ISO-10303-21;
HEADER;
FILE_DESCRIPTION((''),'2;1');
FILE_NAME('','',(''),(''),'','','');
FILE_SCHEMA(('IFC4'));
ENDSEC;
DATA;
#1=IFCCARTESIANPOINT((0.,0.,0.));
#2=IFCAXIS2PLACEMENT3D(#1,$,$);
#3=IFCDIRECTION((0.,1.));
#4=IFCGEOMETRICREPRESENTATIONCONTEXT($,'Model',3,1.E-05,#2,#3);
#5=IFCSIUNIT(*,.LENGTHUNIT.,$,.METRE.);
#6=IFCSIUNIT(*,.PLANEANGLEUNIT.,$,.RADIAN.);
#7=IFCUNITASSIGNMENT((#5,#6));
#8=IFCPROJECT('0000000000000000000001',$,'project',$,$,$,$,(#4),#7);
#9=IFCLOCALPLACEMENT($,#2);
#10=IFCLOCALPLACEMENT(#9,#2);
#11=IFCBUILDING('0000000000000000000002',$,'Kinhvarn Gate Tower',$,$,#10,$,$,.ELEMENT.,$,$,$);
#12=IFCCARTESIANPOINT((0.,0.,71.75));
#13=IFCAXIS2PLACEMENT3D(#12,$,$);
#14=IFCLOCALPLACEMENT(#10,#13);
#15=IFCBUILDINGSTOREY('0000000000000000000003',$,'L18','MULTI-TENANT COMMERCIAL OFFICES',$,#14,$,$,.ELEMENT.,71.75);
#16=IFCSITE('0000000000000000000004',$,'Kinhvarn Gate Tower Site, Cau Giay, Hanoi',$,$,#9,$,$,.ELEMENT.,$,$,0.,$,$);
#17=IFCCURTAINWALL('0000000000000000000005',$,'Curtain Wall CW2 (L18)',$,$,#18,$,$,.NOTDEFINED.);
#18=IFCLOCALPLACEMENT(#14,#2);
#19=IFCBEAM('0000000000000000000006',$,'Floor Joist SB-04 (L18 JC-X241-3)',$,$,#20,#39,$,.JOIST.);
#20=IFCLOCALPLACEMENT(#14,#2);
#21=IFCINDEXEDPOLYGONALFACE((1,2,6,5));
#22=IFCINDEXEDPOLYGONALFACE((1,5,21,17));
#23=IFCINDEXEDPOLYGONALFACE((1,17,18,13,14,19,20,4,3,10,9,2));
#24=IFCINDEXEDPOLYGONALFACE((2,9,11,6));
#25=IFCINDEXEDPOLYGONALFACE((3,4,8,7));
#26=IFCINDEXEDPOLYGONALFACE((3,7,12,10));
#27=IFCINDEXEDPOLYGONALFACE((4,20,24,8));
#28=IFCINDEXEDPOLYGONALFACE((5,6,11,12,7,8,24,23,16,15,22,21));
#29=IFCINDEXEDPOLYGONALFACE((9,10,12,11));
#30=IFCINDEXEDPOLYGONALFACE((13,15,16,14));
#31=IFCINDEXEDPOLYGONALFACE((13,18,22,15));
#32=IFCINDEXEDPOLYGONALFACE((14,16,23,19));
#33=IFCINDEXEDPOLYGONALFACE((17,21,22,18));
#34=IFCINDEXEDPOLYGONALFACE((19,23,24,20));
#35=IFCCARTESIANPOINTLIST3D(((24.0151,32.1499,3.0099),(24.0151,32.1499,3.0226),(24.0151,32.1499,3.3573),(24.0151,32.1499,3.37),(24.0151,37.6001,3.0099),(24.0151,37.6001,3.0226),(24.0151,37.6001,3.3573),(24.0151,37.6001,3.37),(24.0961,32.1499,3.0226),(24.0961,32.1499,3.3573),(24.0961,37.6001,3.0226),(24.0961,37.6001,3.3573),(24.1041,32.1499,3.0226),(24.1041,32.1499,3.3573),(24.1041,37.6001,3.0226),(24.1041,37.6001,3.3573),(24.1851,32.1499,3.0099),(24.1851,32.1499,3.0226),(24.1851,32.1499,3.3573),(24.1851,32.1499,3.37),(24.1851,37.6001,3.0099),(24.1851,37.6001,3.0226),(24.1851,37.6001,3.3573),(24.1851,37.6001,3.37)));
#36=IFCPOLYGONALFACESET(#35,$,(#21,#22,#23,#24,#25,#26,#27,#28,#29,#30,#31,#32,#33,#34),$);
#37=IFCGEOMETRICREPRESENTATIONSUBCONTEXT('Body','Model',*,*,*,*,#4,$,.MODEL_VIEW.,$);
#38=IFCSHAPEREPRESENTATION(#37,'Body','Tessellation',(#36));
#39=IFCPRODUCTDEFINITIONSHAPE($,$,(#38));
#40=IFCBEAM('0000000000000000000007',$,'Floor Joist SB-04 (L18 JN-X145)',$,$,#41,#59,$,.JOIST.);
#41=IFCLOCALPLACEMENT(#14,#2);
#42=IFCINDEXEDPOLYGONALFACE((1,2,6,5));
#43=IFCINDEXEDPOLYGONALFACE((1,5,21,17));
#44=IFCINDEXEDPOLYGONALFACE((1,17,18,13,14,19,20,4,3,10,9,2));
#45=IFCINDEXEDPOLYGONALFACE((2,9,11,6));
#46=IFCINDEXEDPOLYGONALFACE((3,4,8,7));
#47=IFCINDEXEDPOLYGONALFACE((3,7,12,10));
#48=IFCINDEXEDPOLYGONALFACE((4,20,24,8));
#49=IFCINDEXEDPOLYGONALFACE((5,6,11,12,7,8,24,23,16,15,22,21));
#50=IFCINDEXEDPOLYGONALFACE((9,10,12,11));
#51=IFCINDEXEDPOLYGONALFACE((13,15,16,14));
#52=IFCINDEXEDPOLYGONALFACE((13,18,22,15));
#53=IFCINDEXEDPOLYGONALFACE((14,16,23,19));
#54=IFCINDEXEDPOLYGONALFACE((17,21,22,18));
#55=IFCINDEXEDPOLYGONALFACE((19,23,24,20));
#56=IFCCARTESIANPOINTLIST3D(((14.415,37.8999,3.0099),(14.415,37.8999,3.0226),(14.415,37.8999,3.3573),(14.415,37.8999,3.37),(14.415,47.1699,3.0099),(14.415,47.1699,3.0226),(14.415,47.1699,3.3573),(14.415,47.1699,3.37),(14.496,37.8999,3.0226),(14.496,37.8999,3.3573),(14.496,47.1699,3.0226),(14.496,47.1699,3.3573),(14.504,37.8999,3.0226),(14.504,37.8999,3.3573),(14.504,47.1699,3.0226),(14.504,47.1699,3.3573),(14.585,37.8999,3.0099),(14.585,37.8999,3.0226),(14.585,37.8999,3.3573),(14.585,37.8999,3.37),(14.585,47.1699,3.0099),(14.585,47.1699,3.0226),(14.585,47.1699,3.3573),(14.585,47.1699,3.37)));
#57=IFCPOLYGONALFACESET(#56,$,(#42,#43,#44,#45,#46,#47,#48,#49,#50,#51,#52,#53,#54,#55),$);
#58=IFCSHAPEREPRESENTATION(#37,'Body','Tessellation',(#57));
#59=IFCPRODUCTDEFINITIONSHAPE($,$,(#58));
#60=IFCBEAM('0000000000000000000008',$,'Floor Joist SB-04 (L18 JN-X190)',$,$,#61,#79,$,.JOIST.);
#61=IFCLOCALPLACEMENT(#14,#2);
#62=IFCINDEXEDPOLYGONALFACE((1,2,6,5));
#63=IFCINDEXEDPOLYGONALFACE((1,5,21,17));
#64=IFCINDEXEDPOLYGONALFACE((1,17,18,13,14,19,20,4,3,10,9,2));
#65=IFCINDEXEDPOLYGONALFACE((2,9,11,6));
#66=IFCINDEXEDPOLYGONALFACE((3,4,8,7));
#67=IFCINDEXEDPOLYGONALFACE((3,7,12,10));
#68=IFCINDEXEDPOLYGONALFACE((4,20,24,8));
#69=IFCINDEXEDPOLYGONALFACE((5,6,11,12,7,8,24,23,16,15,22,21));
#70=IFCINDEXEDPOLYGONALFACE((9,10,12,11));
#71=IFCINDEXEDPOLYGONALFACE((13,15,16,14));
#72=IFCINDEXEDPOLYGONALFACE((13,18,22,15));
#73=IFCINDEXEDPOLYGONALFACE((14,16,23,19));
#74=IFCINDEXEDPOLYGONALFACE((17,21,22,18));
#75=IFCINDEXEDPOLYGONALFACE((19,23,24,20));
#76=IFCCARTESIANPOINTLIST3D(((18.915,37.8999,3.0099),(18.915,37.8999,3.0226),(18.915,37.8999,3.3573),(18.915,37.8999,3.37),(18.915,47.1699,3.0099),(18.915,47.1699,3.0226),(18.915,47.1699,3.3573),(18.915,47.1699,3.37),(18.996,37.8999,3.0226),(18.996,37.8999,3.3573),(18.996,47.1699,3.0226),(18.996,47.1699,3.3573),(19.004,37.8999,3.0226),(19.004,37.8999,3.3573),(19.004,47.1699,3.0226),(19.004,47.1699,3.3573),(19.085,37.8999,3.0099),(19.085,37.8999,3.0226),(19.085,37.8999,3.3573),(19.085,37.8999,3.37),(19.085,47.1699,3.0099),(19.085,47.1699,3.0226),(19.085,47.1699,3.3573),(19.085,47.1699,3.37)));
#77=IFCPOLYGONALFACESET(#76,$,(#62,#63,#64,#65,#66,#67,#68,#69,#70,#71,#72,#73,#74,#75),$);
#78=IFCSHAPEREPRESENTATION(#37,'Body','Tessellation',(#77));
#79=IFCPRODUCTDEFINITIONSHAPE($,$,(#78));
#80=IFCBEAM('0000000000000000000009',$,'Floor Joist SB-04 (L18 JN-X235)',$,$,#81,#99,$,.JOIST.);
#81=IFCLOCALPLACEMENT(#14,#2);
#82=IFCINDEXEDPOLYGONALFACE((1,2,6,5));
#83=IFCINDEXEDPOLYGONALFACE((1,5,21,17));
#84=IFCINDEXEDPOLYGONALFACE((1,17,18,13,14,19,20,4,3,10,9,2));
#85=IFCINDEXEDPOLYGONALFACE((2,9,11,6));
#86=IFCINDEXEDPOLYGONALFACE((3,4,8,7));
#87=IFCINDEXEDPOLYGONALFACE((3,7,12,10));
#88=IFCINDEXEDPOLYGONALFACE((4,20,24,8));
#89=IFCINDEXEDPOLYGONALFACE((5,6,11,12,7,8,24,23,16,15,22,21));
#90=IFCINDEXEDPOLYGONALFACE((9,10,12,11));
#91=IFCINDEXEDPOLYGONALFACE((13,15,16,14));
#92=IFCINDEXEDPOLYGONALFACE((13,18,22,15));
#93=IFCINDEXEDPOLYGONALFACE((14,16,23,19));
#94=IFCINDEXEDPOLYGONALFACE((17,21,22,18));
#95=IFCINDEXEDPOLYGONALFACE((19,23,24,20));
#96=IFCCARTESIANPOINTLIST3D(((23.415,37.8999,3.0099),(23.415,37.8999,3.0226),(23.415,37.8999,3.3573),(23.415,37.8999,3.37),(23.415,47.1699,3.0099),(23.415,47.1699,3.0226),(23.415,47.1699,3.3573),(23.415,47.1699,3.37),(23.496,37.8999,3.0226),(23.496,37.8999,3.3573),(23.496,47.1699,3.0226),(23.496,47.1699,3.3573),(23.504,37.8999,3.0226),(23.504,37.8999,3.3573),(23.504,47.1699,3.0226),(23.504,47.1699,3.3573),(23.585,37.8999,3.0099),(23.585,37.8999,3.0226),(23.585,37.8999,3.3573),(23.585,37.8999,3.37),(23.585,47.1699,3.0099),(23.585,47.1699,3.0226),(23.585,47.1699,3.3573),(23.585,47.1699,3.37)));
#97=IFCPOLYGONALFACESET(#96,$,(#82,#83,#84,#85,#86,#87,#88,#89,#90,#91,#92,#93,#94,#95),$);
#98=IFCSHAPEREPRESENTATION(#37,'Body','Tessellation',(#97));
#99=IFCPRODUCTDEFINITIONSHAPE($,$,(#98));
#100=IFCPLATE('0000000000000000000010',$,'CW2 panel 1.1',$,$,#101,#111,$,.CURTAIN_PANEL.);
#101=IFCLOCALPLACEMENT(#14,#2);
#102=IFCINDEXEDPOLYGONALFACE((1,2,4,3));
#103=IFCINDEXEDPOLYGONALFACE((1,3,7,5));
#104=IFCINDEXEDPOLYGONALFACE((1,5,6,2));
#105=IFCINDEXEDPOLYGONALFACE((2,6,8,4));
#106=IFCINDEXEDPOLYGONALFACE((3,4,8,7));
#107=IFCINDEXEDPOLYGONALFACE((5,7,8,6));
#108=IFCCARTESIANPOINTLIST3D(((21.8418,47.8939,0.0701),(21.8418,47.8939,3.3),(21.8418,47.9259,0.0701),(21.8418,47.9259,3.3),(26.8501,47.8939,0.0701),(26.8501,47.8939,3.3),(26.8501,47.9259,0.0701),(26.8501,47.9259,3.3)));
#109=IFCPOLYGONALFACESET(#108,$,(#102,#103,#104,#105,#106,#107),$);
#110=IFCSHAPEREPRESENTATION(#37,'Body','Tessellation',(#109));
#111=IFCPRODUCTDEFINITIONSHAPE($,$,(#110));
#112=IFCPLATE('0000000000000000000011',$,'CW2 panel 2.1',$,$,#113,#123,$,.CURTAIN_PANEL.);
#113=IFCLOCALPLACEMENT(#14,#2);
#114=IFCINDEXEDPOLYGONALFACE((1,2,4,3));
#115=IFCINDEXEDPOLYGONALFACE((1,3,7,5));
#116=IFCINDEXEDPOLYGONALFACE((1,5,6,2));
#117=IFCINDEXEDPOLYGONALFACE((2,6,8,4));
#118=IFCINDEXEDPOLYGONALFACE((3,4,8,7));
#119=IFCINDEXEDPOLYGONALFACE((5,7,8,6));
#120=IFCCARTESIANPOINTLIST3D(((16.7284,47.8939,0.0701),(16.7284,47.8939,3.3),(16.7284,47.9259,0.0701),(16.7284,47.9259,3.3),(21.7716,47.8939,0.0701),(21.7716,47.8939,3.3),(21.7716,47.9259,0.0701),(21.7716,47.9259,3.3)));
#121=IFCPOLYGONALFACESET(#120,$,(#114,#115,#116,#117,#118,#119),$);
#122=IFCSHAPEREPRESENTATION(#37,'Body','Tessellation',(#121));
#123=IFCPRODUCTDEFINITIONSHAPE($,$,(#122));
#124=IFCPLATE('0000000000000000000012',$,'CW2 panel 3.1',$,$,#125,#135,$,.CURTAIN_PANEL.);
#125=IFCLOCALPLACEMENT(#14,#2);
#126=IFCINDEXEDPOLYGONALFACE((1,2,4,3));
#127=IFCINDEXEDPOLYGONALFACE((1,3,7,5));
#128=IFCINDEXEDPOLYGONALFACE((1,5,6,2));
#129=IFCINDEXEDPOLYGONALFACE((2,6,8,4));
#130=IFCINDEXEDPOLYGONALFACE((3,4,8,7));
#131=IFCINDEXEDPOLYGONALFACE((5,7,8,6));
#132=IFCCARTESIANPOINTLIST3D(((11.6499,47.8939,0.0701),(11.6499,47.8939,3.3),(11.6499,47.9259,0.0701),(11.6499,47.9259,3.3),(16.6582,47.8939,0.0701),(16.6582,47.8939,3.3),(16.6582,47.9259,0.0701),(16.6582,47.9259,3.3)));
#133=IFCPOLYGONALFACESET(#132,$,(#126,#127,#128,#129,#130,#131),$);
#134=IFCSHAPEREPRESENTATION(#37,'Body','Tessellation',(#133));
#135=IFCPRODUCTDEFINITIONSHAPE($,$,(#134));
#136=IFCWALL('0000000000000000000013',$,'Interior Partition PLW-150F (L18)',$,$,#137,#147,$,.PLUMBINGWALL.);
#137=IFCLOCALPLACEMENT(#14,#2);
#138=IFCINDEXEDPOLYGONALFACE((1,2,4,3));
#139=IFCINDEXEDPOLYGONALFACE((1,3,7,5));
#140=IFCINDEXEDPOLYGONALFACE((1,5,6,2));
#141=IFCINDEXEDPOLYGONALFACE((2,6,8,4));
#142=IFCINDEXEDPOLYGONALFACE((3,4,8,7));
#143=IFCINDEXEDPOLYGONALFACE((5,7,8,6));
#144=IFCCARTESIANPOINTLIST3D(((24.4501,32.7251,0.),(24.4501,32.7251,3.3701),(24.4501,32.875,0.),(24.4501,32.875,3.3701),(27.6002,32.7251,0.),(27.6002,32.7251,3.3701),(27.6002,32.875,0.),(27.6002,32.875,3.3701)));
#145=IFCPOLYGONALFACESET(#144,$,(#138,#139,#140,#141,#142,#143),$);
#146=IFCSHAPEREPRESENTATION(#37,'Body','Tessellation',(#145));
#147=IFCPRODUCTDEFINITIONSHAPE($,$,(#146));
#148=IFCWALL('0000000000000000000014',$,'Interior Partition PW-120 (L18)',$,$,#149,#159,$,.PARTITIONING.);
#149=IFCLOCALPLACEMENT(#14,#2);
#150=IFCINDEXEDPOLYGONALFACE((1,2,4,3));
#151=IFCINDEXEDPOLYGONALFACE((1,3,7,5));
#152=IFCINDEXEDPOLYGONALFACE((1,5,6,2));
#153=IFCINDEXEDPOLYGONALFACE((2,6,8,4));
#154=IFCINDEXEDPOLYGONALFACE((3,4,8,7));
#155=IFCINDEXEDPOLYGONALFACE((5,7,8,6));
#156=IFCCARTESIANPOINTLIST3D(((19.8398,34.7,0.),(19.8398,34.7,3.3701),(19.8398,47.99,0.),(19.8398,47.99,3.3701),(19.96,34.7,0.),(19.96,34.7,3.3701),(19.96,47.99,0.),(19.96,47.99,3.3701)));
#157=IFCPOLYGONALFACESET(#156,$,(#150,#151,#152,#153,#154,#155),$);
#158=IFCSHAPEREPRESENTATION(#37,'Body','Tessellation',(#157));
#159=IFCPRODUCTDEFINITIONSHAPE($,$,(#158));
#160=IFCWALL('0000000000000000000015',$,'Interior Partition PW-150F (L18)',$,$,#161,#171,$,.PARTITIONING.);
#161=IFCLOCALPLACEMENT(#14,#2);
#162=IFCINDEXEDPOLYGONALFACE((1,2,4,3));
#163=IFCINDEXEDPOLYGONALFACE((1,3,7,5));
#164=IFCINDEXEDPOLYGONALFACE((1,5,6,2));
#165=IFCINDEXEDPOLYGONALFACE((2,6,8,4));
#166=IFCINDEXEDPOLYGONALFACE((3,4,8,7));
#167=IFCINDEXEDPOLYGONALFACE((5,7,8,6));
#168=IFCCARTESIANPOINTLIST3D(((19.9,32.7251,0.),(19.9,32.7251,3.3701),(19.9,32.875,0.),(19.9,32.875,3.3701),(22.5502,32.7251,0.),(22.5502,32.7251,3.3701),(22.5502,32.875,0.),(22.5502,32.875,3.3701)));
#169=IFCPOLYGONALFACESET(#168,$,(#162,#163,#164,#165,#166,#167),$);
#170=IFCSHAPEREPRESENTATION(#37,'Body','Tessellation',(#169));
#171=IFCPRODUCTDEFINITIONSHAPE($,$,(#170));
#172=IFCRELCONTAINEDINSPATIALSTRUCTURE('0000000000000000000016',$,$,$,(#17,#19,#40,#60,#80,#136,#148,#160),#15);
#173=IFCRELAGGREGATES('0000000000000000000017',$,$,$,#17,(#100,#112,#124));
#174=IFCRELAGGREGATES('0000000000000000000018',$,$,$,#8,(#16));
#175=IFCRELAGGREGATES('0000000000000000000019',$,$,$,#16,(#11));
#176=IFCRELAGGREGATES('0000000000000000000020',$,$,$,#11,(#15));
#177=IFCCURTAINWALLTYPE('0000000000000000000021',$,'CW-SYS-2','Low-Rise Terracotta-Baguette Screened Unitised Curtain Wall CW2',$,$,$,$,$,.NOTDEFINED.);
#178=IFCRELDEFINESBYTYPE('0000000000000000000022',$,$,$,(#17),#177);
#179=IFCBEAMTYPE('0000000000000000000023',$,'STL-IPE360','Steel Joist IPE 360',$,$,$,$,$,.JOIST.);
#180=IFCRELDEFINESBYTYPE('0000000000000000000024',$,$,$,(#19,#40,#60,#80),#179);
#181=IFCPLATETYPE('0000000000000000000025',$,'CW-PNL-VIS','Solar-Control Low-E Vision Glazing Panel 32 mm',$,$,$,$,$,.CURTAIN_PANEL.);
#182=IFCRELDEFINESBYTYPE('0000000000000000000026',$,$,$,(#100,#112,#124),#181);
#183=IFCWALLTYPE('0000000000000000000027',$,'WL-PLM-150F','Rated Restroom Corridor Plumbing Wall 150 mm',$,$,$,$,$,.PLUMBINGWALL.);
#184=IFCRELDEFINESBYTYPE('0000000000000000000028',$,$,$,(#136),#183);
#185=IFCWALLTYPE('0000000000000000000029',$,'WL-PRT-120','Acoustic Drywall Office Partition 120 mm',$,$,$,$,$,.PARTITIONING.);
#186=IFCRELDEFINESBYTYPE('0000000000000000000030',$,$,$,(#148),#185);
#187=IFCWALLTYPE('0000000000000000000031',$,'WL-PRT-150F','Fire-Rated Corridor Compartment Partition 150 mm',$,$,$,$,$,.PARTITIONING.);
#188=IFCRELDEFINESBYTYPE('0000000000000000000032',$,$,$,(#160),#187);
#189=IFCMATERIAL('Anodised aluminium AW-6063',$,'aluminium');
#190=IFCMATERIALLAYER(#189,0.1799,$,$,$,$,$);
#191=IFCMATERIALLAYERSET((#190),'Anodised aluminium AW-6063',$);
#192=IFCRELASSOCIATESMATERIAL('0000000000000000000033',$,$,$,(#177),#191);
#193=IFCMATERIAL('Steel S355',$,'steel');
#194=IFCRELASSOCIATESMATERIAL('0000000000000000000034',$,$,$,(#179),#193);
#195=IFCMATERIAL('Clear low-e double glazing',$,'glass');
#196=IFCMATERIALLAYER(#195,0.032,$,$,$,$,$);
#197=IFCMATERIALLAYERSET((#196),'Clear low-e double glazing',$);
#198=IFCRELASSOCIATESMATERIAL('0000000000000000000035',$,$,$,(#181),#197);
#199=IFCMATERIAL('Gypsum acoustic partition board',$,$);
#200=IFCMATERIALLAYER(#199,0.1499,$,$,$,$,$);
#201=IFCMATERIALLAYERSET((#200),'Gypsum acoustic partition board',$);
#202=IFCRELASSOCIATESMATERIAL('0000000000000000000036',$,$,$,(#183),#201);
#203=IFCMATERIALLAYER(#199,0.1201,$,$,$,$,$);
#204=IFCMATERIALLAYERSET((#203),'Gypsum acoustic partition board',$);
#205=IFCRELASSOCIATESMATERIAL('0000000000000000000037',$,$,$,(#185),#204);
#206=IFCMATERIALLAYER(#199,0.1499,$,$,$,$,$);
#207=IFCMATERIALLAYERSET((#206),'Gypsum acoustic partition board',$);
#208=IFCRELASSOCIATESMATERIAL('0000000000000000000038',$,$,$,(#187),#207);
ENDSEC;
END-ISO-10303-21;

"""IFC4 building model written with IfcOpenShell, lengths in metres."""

from ifc_helpers import new_model, si_unit, direction, frame, frame_2d, origin, origin_2d, place, context, subcontext, project, spatial, rectangle, i_section, extrude, material, layer, layer_set, material_profile, profile_set, type_object, element, aggregate, save


model = new_model("IFC4")

# Units and contexts
model_context = context("Model", 3, precision=1e-05, world=origin(), true_north=direction((0.0, 1.0)))
body_context = subcontext(model_context, "Body", "Model", "MODEL_VIEW")
ifc_project = project(units=[si_unit("LENGTHUNIT", "METRE"), si_unit("PLANEANGLEUNIT", "RADIAN")], contexts=[model_context])

# Site, building, storey
site_placement = place(None, origin())
site = spatial("IfcSite", under=ifc_project, at=site_placement, Name="Kinhvarn Gate Tower Site, Cau Giay, Hanoi", CompositionType="ELEMENT", RefElevation=0.0)
building_placement = place(site_placement, origin())
building = spatial("IfcBuilding", under=site, at=building_placement, Name="Kinhvarn Gate Tower", CompositionType="ELEMENT")
storey_placement = place(building_placement, frame((0.0, 0.0, 71.75)))
storey = spatial("IfcBuildingStorey", under=building, at=storey_placement, Name="L18", Description="MULTI-TENANT COMMERCIAL OFFICES", CompositionType="ELEMENT", Elevation=71.75)

# Curtain wall
ifc_material_1 = material(Name="Anodised aluminium AW-6063", Category="aluminium")
ifc_layer_1 = layer(ifc_material_1, 0.1799)
ifc_layer_set_1 = layer_set([ifc_layer_1], Name="Anodised aluminium AW-6063")
curtain_wall_type = type_object("IfcCurtainWallType", Name="CW-SYS-2", Description="Low-Rise Terracotta-Baguette Screened Unitised Curtain Wall CW2", PredefinedType="NOTDEFINED", material=ifc_layer_set_1)
curtain_wall_placement = place(storey_placement, origin())
curtain_wall = element("IfcCurtainWall", 1, at=curtain_wall_placement, inside=storey, type_object=curtain_wall_type, Name="Curtain Wall CW2 (L18)", PredefinedType="NOTDEFINED")

# Beams
ifc_material_2 = material(Name="Steel S355", Category="steel")
ifc_material_profile_1 = material_profile(ifc_material_2, i_section(OverallWidth=0.1699, OverallDepth=0.3601, WebThickness=0.0081, FlangeThickness=0.0127, at=origin_2d()), Name="IPE 360")
ifc_profile_set_1 = profile_set([ifc_material_profile_1], Name="Steel S355")
beam_type_1 = type_object("IfcBeamType", Name="STL-IPE360", Description="Steel Joist IPE 360", PredefinedType="JOIST", material=ifc_profile_set_1)
for number, where, z_axis, x_axis, name in (
    (2, (24.1001, 32.1499, 3.1899), (0.0, 1.0, 0.0), (-1.0, 0.0, 0.0), "Floor Joist SB-04 (L18 JC-X241-3)"),
):
    element("IfcBeam", number, at=place(storey_placement, frame(where, z_axis=z_axis, x_axis=x_axis)), inside=storey, type_object=beam_type_1, Name=name, PredefinedType="JOIST", context=body_context, shape_type="SweptSolid", body=[
        extrude(i_section(OverallWidth=0.1699, OverallDepth=0.3601, WebThickness=0.0081, FlangeThickness=0.0127, at=origin_2d()), origin(), (0.0, 0.0, 1.0), 5.4502),
    ])
for number, where, z_axis, x_axis, name in (
    (3, (14.5, 37.8999, 3.1899), (0.0, 1.0, 0.0), (-1.0, 0.0, 0.0), "Floor Joist SB-04 (L18 JN-X145)"),
    (4, (19.0, 37.8999, 3.1899), (0.0, 1.0, 0.0), (-1.0, 0.0, 0.0), "Floor Joist SB-04 (L18 JN-X190)"),
    (5, (23.5, 37.8999, 3.1899), (0.0, 1.0, 0.0), (-1.0, 0.0, 0.0), "Floor Joist SB-04 (L18 JN-X235)"),
):
    element("IfcBeam", number, at=place(storey_placement, frame(where, z_axis=z_axis, x_axis=x_axis)), inside=storey, type_object=beam_type_1, Name=name, PredefinedType="JOIST", context=body_context, shape_type="SweptSolid", body=[
        extrude(i_section(OverallWidth=0.1699, OverallDepth=0.3601, WebThickness=0.0081, FlangeThickness=0.0127, at=origin_2d()), origin(), (0.0, 0.0, 1.0), 9.27),
    ])

# Plates
ifc_material_3 = material(Name="Clear low-e double glazing", Category="glass")
ifc_layer_2 = layer(ifc_material_3, 0.032)
ifc_layer_set_2 = layer_set([ifc_layer_2], Name="Clear low-e double glazing")
plate_type = type_object("IfcPlateType", Name="CW-PNL-VIS", Description="Solar-Control Low-E Vision Glazing Panel 32 mm", PredefinedType="CURTAIN_PANEL", material=ifc_layer_set_2)
plate_1_placement = place(storey_placement, frame((24.3459, 47.9099, 0.0701), z_axis=(0.0, 0.0, 1.0), x_axis=(-1.0, 0.0, 0.0)))
plate_1 = element("IfcPlate", 6, at=plate_1_placement, type_object=plate_type, Name="CW2 panel 1.1", PredefinedType="CURTAIN_PANEL", context=body_context, shape_type="SweptSolid", body=[
    extrude(rectangle(XDim=5.0083, YDim=0.032, at=origin_2d()), origin(), (0.0, 0.0, 1.0), 3.23),
])
plate_2_placement = place(storey_placement, frame((19.25, 47.9099, 0.0701), z_axis=(0.0, 0.0, 1.0), x_axis=(-1.0, 0.0, 0.0)))
plate_2 = element("IfcPlate", 7, at=plate_2_placement, type_object=plate_type, Name="CW2 panel 2.1", PredefinedType="CURTAIN_PANEL", context=body_context, shape_type="SweptSolid", body=[
    extrude(rectangle(XDim=5.0432, YDim=0.032, at=origin_2d()), origin(), (0.0, 0.0, 1.0), 3.23),
])
plate_3_placement = place(storey_placement, frame((14.1541, 47.9099, 0.0701), z_axis=(0.0, 0.0, 1.0), x_axis=(-1.0, 0.0, 0.0)))
plate_3 = element("IfcPlate", 8, at=plate_3_placement, type_object=plate_type, Name="CW2 panel 3.1", PredefinedType="CURTAIN_PANEL", context=body_context, shape_type="SweptSolid", body=[
    extrude(rectangle(XDim=5.0083, YDim=0.032, at=origin_2d()), origin(), (0.0, 0.0, 1.0), 3.23),
])
aggregate(curtain_wall, [plate_1, plate_2, plate_3])

# Walls
ifc_material_4 = material(Name="Gypsum acoustic partition board")
ifc_layer_3 = layer(ifc_material_4, 0.1499)
ifc_layer_set_3 = layer_set([ifc_layer_3], Name="Gypsum acoustic partition board")
wall_type_1 = type_object("IfcWallType", Name="WL-PLM-150F", Description="Rated Restroom Corridor Plumbing Wall 150 mm", PredefinedType="PLUMBINGWALL", material=ifc_layer_set_3)
wall_1_placement = place(storey_placement, frame((24.45, 32.8, 0.0), z_axis=(0.0, 0.0, 1.0), x_axis=(1.0, 0.0, 0.0)))
element("IfcWall", 9, at=wall_1_placement, inside=storey, type_object=wall_type_1, Name="Interior Partition PLW-150F (L18)", PredefinedType="PLUMBINGWALL", context=body_context, shape_type="SweptSolid", body=[
    extrude(rectangle(XDim=3.1501, YDim=0.1499, at=frame_2d((1.5752, 0.0))), origin(), (0.0, 0.0, 1.0), 3.3701),
])
ifc_layer_4 = layer(ifc_material_4, 0.1201)
ifc_layer_set_4 = layer_set([ifc_layer_4], Name="Gypsum acoustic partition board")
wall_type_2 = type_object("IfcWallType", Name="WL-PRT-120", Description="Acoustic Drywall Office Partition 120 mm", PredefinedType="PARTITIONING", material=ifc_layer_set_4)
wall_2_placement = place(storey_placement, frame((19.8999, 34.7, 0.0), z_axis=(0.0, 0.0, 1.0), x_axis=(0.0, 1.0, 0.0)))
element("IfcWall", 10, at=wall_2_placement, inside=storey, type_object=wall_type_2, Name="Interior Partition PW-120 (L18)", PredefinedType="PARTITIONING", context=body_context, shape_type="SweptSolid", body=[
    extrude(rectangle(XDim=13.29, YDim=0.1201, at=frame_2d((6.645, 0.0))), origin(), (0.0, 0.0, 1.0), 3.3701),
])
ifc_layer_5 = layer(ifc_material_4, 0.1499)
ifc_layer_set_5 = layer_set([ifc_layer_5], Name="Gypsum acoustic partition board")
wall_type_3 = type_object("IfcWallType", Name="WL-PRT-150F", Description="Fire-Rated Corridor Compartment Partition 150 mm", PredefinedType="PARTITIONING", material=ifc_layer_set_5)
wall_3_placement = place(storey_placement, frame((19.8999, 32.8, 0.0), z_axis=(0.0, 0.0, 1.0), x_axis=(1.0, 0.0, 0.0)))
element("IfcWall", 11, at=wall_3_placement, inside=storey, type_object=wall_type_3, Name="Interior Partition PW-150F (L18)", PredefinedType="PARTITIONING", context=body_context, shape_type="SweptSolid", body=[
    extrude(rectangle(XDim=2.6501, YDim=0.1499, at=frame_2d((1.3252, 0.0))), origin(), (0.0, 0.0, 1.0), 3.3701),
])

save(model, "model.ifc")
